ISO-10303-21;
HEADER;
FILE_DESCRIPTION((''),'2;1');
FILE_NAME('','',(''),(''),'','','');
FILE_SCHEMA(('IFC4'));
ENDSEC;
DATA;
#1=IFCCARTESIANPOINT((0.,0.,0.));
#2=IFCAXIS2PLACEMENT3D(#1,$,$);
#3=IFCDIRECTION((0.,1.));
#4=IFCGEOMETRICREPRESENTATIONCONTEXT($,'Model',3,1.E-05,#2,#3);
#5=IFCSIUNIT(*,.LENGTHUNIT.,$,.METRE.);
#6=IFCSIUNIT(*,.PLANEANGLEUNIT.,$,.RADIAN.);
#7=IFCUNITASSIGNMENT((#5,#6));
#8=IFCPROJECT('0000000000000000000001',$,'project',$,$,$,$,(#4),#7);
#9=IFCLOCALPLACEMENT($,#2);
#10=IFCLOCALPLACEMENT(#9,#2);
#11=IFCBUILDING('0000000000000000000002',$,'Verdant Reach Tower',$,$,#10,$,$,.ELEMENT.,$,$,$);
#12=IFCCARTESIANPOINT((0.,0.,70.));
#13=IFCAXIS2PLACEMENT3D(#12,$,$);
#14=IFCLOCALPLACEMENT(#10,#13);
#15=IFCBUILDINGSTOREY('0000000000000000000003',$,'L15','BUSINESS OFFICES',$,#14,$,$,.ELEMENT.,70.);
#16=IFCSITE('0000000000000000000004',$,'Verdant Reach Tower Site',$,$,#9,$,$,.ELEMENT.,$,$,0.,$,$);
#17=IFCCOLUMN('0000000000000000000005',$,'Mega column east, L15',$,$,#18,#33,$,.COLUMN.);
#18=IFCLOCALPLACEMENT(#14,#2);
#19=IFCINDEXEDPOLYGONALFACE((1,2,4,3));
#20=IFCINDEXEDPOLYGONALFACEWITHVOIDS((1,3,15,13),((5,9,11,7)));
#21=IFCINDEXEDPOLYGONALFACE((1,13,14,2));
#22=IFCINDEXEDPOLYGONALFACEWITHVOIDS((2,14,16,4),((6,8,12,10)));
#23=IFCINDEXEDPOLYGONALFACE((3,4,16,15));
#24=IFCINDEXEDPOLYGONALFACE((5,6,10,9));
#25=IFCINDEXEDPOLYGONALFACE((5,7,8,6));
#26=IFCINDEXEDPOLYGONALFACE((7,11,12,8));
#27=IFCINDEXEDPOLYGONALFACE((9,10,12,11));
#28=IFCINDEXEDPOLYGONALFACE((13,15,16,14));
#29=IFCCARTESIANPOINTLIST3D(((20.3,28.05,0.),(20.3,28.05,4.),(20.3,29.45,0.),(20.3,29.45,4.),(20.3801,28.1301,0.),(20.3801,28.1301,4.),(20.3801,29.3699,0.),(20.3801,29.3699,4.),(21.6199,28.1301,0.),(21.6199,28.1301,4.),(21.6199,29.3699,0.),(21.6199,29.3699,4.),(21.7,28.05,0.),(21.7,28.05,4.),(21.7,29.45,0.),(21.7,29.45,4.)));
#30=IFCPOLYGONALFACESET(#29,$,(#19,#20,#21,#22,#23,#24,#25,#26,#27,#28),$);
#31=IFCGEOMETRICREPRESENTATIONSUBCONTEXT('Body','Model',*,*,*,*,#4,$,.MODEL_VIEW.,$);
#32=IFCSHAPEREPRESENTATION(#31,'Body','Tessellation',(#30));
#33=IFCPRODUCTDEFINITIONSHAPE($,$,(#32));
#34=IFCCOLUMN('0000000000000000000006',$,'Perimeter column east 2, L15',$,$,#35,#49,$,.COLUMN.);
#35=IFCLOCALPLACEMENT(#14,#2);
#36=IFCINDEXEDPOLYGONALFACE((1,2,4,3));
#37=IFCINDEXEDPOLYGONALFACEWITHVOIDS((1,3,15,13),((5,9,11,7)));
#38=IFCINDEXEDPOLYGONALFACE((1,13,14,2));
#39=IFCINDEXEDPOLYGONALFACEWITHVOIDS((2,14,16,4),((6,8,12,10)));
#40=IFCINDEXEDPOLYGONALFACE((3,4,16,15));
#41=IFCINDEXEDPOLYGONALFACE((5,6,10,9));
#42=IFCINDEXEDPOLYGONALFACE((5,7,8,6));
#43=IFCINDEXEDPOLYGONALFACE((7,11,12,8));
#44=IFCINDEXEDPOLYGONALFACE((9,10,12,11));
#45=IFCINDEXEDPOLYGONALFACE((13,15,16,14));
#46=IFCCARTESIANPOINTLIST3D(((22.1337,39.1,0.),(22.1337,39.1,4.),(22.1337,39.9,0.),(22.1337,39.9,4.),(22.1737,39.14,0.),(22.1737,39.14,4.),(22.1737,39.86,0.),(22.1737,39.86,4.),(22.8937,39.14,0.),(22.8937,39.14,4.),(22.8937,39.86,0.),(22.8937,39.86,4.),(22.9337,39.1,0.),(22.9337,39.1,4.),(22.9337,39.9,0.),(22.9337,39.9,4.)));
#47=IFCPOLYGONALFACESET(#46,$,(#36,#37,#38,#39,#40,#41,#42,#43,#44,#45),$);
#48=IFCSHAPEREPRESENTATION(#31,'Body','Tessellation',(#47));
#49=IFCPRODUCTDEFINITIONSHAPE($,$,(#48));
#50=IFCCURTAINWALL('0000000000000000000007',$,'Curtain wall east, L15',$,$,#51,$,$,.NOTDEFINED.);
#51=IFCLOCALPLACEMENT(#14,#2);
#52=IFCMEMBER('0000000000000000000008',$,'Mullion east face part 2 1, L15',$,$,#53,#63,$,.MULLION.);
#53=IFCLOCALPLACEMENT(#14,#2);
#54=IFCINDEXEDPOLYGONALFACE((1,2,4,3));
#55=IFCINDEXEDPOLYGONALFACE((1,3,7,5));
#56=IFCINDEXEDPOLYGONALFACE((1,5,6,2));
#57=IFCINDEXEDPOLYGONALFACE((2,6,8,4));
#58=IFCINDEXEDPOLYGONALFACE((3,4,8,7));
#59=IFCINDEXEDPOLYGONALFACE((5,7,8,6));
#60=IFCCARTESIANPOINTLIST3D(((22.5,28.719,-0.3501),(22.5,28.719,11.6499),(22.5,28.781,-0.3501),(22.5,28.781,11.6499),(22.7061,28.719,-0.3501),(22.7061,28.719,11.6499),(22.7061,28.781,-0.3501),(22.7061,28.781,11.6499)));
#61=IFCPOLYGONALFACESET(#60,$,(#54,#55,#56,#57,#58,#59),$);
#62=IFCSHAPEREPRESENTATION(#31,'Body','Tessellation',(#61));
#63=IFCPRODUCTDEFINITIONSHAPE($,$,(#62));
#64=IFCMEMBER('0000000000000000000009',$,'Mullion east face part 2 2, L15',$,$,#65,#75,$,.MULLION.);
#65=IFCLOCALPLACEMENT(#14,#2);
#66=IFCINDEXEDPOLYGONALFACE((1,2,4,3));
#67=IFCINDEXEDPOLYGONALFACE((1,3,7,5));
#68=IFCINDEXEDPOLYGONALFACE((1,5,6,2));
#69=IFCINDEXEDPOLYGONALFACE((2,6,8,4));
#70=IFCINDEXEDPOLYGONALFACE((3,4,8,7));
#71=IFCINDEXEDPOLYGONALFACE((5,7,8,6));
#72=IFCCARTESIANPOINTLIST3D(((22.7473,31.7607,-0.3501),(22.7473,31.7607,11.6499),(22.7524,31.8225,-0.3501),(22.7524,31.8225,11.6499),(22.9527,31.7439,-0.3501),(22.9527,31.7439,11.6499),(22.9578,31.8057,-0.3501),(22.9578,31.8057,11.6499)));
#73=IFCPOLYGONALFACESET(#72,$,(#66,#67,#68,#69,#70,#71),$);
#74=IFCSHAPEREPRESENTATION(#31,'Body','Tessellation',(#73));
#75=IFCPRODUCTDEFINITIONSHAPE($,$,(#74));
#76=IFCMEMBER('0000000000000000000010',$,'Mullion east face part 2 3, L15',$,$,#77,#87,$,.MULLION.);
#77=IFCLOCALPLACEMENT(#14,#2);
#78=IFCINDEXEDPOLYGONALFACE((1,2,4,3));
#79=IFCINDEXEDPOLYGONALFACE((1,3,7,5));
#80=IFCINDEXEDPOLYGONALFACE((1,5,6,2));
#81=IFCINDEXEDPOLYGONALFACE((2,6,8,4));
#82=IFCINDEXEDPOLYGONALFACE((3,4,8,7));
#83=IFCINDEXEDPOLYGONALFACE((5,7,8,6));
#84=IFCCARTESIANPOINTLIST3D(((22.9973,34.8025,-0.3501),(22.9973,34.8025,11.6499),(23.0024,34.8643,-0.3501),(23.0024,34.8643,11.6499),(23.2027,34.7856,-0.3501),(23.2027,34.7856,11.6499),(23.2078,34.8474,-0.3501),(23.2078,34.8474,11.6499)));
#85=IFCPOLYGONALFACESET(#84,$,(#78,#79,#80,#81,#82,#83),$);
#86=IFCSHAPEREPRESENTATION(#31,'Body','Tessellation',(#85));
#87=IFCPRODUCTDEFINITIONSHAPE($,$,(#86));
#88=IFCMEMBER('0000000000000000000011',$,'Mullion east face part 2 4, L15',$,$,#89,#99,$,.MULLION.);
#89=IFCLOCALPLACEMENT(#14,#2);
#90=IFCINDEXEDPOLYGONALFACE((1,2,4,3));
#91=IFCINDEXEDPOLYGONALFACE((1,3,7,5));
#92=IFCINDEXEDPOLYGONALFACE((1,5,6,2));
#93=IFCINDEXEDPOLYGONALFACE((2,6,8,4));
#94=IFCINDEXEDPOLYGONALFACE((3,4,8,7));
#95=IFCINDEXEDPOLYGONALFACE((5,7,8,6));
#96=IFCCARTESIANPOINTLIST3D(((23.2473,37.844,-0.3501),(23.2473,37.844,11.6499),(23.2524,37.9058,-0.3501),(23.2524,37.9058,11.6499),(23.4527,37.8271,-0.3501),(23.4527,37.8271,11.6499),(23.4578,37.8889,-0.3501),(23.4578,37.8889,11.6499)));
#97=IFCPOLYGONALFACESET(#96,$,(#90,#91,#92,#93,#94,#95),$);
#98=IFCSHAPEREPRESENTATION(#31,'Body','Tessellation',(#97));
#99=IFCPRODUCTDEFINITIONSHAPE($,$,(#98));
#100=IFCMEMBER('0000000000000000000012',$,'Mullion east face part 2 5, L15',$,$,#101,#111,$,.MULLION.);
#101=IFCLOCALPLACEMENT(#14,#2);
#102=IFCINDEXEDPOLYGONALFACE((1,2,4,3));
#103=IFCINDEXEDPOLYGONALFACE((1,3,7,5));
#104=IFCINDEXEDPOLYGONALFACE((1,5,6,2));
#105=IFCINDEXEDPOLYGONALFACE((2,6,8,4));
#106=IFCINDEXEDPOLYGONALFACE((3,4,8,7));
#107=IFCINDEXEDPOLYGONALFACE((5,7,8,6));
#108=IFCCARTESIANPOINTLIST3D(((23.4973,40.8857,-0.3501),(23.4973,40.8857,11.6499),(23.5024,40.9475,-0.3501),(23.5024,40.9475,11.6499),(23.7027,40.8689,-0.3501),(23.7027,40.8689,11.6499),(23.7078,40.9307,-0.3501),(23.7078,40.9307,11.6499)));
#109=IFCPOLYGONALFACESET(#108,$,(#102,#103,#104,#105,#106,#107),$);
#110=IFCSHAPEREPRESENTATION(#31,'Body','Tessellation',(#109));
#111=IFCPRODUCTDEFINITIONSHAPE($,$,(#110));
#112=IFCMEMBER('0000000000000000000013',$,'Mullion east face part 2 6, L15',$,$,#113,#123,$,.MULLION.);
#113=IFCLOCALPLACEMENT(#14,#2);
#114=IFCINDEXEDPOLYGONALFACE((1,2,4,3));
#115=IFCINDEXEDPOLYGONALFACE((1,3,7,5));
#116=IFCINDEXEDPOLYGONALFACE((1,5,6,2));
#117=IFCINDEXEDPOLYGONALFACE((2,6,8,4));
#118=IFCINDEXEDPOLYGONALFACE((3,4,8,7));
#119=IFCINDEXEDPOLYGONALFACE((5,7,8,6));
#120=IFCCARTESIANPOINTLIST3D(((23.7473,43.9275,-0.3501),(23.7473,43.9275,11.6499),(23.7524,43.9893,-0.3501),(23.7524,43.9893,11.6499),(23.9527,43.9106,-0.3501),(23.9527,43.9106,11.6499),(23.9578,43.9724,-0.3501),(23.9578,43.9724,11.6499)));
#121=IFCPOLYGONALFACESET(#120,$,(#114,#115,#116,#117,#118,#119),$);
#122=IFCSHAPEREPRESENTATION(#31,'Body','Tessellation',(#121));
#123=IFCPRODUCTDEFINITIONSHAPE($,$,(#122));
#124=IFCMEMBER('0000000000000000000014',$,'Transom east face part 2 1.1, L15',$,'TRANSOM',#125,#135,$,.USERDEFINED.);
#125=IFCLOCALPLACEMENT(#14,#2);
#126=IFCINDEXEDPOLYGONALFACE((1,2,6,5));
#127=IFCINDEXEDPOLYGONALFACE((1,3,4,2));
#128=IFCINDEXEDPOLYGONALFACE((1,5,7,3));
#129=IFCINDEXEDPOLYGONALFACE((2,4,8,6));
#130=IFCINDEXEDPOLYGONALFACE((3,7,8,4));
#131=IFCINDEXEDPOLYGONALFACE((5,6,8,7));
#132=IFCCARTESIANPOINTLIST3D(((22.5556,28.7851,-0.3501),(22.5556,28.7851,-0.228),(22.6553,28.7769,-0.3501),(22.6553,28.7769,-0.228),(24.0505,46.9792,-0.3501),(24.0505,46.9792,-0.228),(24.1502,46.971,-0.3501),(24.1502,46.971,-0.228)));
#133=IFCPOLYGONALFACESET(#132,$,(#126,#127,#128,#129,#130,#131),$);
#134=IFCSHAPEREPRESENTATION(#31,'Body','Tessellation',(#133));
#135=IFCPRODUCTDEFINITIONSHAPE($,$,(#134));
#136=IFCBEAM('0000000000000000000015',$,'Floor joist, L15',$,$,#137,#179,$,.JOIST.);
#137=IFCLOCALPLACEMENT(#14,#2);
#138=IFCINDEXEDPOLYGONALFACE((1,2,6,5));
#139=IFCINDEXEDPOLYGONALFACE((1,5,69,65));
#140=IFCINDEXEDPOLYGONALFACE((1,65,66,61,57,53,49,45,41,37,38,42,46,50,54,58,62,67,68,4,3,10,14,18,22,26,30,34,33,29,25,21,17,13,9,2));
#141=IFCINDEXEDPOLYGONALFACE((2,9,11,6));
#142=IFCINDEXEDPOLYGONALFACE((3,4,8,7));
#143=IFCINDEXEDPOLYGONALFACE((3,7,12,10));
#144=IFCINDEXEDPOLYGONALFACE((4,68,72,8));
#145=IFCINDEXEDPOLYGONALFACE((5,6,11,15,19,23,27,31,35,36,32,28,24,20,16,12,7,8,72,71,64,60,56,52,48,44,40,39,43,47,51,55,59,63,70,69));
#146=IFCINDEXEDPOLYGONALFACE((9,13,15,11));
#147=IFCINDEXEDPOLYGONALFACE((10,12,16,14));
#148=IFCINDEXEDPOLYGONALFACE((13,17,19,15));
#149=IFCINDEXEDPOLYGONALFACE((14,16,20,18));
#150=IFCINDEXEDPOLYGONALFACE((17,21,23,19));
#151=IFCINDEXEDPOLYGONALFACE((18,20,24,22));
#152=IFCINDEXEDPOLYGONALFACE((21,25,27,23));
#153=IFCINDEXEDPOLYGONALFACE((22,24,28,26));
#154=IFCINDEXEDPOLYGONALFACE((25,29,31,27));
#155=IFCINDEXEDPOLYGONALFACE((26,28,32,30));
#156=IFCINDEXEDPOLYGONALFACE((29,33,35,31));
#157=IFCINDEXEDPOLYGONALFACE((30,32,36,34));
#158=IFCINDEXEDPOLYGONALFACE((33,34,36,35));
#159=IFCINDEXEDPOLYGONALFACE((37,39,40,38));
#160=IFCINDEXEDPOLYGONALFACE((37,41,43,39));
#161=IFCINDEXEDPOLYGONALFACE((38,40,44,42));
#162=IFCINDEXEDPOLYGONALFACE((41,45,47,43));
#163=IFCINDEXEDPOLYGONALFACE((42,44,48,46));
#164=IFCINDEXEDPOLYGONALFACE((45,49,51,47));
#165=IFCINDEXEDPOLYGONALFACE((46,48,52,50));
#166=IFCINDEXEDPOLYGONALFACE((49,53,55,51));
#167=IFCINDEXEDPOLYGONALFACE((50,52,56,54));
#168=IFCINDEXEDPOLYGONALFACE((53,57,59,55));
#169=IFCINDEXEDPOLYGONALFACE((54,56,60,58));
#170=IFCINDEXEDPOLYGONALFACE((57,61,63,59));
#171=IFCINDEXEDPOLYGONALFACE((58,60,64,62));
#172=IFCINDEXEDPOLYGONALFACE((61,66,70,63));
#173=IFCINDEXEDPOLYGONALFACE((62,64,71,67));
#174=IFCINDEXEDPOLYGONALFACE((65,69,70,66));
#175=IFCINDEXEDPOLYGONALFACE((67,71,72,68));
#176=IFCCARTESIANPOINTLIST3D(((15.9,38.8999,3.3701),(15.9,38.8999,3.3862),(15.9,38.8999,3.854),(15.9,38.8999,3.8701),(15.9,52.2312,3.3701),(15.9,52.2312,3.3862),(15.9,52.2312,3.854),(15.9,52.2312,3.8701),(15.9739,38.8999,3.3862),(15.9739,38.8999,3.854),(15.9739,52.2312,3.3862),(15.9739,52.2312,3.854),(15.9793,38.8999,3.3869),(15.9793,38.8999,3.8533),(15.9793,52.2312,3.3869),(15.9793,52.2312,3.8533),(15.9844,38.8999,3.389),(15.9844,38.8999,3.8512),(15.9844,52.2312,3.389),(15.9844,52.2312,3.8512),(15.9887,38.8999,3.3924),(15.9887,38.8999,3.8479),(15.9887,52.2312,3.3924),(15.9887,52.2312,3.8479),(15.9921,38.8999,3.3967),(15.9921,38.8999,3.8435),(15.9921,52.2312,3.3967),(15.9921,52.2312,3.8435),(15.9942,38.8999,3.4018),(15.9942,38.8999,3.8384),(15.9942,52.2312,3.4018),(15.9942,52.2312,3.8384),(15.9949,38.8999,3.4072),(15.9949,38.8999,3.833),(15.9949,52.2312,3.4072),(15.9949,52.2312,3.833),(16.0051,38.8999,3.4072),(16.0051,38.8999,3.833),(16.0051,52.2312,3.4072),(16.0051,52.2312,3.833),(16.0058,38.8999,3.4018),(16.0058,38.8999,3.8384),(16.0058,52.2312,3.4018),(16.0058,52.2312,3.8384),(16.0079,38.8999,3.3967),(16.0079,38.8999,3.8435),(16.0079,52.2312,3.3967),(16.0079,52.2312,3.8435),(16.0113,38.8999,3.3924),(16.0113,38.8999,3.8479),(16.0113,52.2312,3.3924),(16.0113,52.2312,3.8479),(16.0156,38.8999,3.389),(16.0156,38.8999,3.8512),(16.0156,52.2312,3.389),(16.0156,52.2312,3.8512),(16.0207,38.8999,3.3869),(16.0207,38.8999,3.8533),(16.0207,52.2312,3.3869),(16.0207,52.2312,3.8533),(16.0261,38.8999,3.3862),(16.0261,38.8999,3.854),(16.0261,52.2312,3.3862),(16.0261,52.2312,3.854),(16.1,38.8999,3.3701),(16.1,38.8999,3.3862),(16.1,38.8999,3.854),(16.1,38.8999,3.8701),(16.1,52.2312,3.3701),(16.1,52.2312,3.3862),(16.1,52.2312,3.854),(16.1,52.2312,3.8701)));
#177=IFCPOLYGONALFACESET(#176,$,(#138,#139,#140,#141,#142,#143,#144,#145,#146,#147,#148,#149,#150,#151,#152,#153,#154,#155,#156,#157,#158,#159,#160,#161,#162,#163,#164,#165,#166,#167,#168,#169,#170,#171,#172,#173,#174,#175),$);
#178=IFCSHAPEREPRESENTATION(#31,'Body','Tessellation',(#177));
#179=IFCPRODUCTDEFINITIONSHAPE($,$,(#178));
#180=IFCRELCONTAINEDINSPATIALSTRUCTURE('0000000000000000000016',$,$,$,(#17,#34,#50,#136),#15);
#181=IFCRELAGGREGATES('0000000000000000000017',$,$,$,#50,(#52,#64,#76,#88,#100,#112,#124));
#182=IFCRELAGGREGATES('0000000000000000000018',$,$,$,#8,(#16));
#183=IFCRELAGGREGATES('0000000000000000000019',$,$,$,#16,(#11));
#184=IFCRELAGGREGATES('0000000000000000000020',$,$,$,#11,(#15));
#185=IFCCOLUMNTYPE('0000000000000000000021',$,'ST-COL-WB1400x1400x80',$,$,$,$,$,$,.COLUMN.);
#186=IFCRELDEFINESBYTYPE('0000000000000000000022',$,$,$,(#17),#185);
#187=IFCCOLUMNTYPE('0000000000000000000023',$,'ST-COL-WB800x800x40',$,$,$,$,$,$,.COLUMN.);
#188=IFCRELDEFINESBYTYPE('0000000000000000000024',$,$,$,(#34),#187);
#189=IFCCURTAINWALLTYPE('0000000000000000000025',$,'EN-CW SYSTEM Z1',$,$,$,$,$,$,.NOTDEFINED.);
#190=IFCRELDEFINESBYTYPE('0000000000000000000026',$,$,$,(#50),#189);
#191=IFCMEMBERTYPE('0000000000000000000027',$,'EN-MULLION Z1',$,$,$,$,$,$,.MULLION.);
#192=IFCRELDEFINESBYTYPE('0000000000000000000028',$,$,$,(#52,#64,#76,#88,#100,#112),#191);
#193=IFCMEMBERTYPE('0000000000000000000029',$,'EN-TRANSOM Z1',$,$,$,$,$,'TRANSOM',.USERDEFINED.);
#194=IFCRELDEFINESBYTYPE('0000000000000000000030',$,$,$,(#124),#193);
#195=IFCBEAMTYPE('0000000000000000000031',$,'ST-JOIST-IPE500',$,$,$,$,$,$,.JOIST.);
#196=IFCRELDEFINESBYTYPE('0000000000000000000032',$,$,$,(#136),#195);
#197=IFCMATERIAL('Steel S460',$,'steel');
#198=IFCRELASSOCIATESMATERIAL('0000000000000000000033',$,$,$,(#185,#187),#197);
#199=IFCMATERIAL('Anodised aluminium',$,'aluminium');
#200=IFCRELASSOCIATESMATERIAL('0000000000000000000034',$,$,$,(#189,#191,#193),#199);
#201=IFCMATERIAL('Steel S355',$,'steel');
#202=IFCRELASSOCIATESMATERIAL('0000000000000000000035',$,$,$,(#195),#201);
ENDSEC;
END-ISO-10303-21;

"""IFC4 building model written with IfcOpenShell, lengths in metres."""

from ifc_helpers import new_model, si_unit, direction, frame, origin, origin_2d, place, context, subcontext, project, spatial, rectangle, hollow_rectangle, i_section, extrude, material, material_profile, profile_set, type_object, element, aggregate, save


model = new_model("IFC4")

# Units and contexts
model_context = context("Model", 3, precision=1e-05, world=origin(), true_north=direction((0.0, 1.0)))
body_context = subcontext(model_context, "Body", "Model", "MODEL_VIEW")
ifc_project = project(units=[si_unit("LENGTHUNIT", "METRE"), si_unit("PLANEANGLEUNIT", "RADIAN")], contexts=[model_context])

# Site, building, storey
site_placement = place(None, origin())
site = spatial("IfcSite", under=ifc_project, at=site_placement, Name="Verdant Reach Tower Site", CompositionType="ELEMENT", RefElevation=0.0)
building_placement = place(site_placement, origin())
building = spatial("IfcBuilding", under=site, at=building_placement, Name="Verdant Reach Tower", CompositionType="ELEMENT")
storey_placement = place(building_placement, frame((0.0, 0.0, 70.0)))
storey = spatial("IfcBuildingStorey", under=building, at=storey_placement, Name="L15", Description="BUSINESS OFFICES", CompositionType="ELEMENT", Elevation=70.0)

# Columns
ifc_material_1 = material(Name="Steel S460", Category="steel")
ifc_material_profile_1 = material_profile(ifc_material_1, hollow_rectangle(XDim=1.3999, YDim=1.3999, WallThickness=0.0801, at=origin_2d()), Name="WB 1400x1400x80")
ifc_profile_set_1 = profile_set([ifc_material_profile_1], Name="Steel S460")
column_type_1 = type_object("IfcColumnType", Name="ST-COL-WB1400x1400x80", PredefinedType="COLUMN", material=ifc_profile_set_1)
column_1_placement = place(storey_placement, frame((21.0, 28.75, 0.0), z_axis=(0.0, 0.0, 1.0), x_axis=(1.0, 0.0, 0.0)))
element("IfcColumn", 1, at=column_1_placement, inside=storey, type_object=column_type_1, Name="Mega column east, L15", PredefinedType="COLUMN", context=body_context, shape_type="SweptSolid", body=[
    extrude(hollow_rectangle(XDim=1.3999, YDim=1.3999, WallThickness=0.0801, at=origin_2d()), origin(), (0.0, 0.0, 1.0), 4.0),
])
ifc_material_profile_2 = material_profile(ifc_material_1, hollow_rectangle(XDim=0.8, YDim=0.8, WallThickness=0.04, at=origin_2d()), Name="WB 800x800x40")
ifc_profile_set_2 = profile_set([ifc_material_profile_2], Name="Steel S460")
column_type_2 = type_object("IfcColumnType", Name="ST-COL-WB800x800x40", PredefinedType="COLUMN", material=ifc_profile_set_2)
column_2_placement = place(storey_placement, frame((22.5337, 39.5, 0.0), z_axis=(0.0, 0.0, 1.0), x_axis=(1.0, 0.0, 0.0)))
element("IfcColumn", 2, at=column_2_placement, inside=storey, type_object=column_type_2, Name="Perimeter column east 2, L15", PredefinedType="COLUMN", context=body_context, shape_type="SweptSolid", body=[
    extrude(hollow_rectangle(XDim=0.8, YDim=0.8, WallThickness=0.04, at=origin_2d()), origin(), (0.0, 0.0, 1.0), 4.0),
])

# Curtain wall, members
ifc_material_2 = material(Name="Anodised aluminium", Category="aluminium")
curtain_wall_type = type_object("IfcCurtainWallType", Name="EN-CW SYSTEM Z1", PredefinedType="NOTDEFINED", material=ifc_material_2)
curtain_wall_placement = place(storey_placement, origin())
curtain_wall = element("IfcCurtainWall", 3, at=curtain_wall_placement, inside=storey, type_object=curtain_wall_type, Name="Curtain wall east, L15", PredefinedType="NOTDEFINED")
ifc_material_profile_3 = material_profile(ifc_material_2, rectangle(XDim=0.2061, YDim=0.062, at=origin_2d()), Name="Mullion 62x206")
ifc_profile_set_3 = profile_set([ifc_material_profile_3], Name="Anodised aluminium")
member_type_1 = type_object("IfcMemberType", Name="EN-MULLION Z1", PredefinedType="MULLION", material=ifc_profile_set_3)
member_1_placement = place(storey_placement, frame((22.603, 28.75, -0.3501), z_axis=(0.0, 0.0, 1.0), x_axis=(1.0, 0.0, 0.0)))
member_1 = element("IfcMember", 4, at=member_1_placement, type_object=member_type_1, Name="Mullion east face part 2 1, L15", PredefinedType="MULLION", context=body_context, shape_type="SweptSolid", body=[
    extrude(rectangle(XDim=0.2061, YDim=0.062, at=origin_2d()), origin(), (0.0, 0.0, 1.0), 12.0),
])
member_2_placement = place(storey_placement, frame((22.8525, 31.7832, -0.3501), z_axis=(0.0, 0.0, 1.0), x_axis=(0.996639, -0.081916, 0.0)))
member_2 = element("IfcMember", 5, at=member_2_placement, type_object=member_type_1, Name="Mullion east face part 2 2, L15", PredefinedType="MULLION", context=body_context, shape_type="SweptSolid", body=[
    extrude(rectangle(XDim=0.2061, YDim=0.062, at=origin_2d()), origin(), (0.0, 0.0, 1.0), 12.0),
])
member_3_placement = place(storey_placement, frame((23.1025, 34.825, -0.3501), z_axis=(0.0, 0.0, 1.0), x_axis=(0.996639, -0.081916, 0.0)))
member_3 = element("IfcMember", 6, at=member_3_placement, type_object=member_type_1, Name="Mullion east face part 2 3, L15", PredefinedType="MULLION", context=body_context, shape_type="SweptSolid", body=[
    extrude(rectangle(XDim=0.2061, YDim=0.062, at=origin_2d()), origin(), (0.0, 0.0, 1.0), 12.0),
])
member_4_placement = place(storey_placement, frame((23.3525, 37.8665, -0.3501), z_axis=(0.0, 0.0, 1.0), x_axis=(0.996639, -0.081916, 0.0)))
member_4 = element("IfcMember", 7, at=member_4_placement, type_object=member_type_1, Name="Mullion east face part 2 4, L15", PredefinedType="MULLION", context=body_context, shape_type="SweptSolid", body=[
    extrude(rectangle(XDim=0.2061, YDim=0.062, at=origin_2d()), origin(), (0.0, 0.0, 1.0), 12.0),
])
member_5_placement = place(storey_placement, frame((23.6025, 40.9082, -0.3501), z_axis=(0.0, 0.0, 1.0), x_axis=(0.996639, -0.081916, 0.0)))
member_5 = element("IfcMember", 8, at=member_5_placement, type_object=member_type_1, Name="Mullion east face part 2 5, L15", PredefinedType="MULLION", context=body_context, shape_type="SweptSolid", body=[
    extrude(rectangle(XDim=0.2061, YDim=0.062, at=origin_2d()), origin(), (0.0, 0.0, 1.0), 12.0),
])
member_6_placement = place(storey_placement, frame((23.8525, 43.95, -0.3501), z_axis=(0.0, 0.0, 1.0), x_axis=(0.996639, -0.081916, 0.0)))
member_6 = element("IfcMember", 9, at=member_6_placement, type_object=member_type_1, Name="Mullion east face part 2 6, L15", PredefinedType="MULLION", context=body_context, shape_type="SweptSolid", body=[
    extrude(rectangle(XDim=0.2061, YDim=0.062, at=origin_2d()), origin(), (0.0, 0.0, 1.0), 12.0),
])
ifc_material_profile_4 = material_profile(ifc_material_2, rectangle(XDim=0.1001, YDim=0.1221, at=origin_2d()), Name="Transom 122x100")
ifc_profile_set_4 = profile_set([ifc_material_profile_4], Name="Anodised aluminium")
member_type_2 = type_object("IfcMemberType", Name="EN-TRANSOM Z1", ElementType="TRANSOM", PredefinedType="USERDEFINED", material=ifc_profile_set_4)
member_7_placement = place(storey_placement, frame((22.6055, 28.781, -0.2891), z_axis=(0.081887, 0.996642, 0.0), x_axis=(-0.996642, 0.081887, 0.0)))
member_7 = element("IfcMember", 10, at=member_7_placement, type_object=member_type_2, Name="Transom east face part 2 1.1, L15", ObjectType="TRANSOM", PredefinedType="USERDEFINED", context=body_context, shape_type="SweptSolid", body=[
    extrude(rectangle(XDim=0.1001, YDim=0.1221, at=origin_2d()), origin(), (0.0, 0.0, 1.0), 18.2554),
])

# Beam
ifc_material_3 = material(Name="Steel S355", Category="steel")
ifc_material_profile_5 = material_profile(ifc_material_3, i_section(OverallWidth=0.2, OverallDepth=0.5, WebThickness=0.0103, FlangeThickness=0.0161, FilletRadius=0.021, at=origin_2d()), Name="IPE 500")
ifc_profile_set_5 = profile_set([ifc_material_profile_5], Name="Steel S355")
beam_type_1 = type_object("IfcBeamType", Name="ST-JOIST-IPE500", PredefinedType="JOIST", material=ifc_profile_set_5)
beam_1_placement = place(storey_placement, frame((16.0, 38.8999, 3.6201), z_axis=(0.0, 1.0, 0.0), x_axis=(-1.0, 0.0, 0.0)))
element("IfcBeam", 11, at=beam_1_placement, inside=storey, type_object=beam_type_1, Name="Floor joist, L15", PredefinedType="JOIST", context=body_context, shape_type="SweptSolid", body=[
    extrude(i_section(OverallWidth=0.2, OverallDepth=0.5, WebThickness=0.0103, FlangeThickness=0.0161, FilletRadius=0.021, at=origin_2d()), origin(), (0.0, 0.0, 1.0), 13.3313),
])

aggregate(curtain_wall, [member_1, member_2, member_3, member_4, member_5, member_6, member_7])

save(model, "model.ifc")
